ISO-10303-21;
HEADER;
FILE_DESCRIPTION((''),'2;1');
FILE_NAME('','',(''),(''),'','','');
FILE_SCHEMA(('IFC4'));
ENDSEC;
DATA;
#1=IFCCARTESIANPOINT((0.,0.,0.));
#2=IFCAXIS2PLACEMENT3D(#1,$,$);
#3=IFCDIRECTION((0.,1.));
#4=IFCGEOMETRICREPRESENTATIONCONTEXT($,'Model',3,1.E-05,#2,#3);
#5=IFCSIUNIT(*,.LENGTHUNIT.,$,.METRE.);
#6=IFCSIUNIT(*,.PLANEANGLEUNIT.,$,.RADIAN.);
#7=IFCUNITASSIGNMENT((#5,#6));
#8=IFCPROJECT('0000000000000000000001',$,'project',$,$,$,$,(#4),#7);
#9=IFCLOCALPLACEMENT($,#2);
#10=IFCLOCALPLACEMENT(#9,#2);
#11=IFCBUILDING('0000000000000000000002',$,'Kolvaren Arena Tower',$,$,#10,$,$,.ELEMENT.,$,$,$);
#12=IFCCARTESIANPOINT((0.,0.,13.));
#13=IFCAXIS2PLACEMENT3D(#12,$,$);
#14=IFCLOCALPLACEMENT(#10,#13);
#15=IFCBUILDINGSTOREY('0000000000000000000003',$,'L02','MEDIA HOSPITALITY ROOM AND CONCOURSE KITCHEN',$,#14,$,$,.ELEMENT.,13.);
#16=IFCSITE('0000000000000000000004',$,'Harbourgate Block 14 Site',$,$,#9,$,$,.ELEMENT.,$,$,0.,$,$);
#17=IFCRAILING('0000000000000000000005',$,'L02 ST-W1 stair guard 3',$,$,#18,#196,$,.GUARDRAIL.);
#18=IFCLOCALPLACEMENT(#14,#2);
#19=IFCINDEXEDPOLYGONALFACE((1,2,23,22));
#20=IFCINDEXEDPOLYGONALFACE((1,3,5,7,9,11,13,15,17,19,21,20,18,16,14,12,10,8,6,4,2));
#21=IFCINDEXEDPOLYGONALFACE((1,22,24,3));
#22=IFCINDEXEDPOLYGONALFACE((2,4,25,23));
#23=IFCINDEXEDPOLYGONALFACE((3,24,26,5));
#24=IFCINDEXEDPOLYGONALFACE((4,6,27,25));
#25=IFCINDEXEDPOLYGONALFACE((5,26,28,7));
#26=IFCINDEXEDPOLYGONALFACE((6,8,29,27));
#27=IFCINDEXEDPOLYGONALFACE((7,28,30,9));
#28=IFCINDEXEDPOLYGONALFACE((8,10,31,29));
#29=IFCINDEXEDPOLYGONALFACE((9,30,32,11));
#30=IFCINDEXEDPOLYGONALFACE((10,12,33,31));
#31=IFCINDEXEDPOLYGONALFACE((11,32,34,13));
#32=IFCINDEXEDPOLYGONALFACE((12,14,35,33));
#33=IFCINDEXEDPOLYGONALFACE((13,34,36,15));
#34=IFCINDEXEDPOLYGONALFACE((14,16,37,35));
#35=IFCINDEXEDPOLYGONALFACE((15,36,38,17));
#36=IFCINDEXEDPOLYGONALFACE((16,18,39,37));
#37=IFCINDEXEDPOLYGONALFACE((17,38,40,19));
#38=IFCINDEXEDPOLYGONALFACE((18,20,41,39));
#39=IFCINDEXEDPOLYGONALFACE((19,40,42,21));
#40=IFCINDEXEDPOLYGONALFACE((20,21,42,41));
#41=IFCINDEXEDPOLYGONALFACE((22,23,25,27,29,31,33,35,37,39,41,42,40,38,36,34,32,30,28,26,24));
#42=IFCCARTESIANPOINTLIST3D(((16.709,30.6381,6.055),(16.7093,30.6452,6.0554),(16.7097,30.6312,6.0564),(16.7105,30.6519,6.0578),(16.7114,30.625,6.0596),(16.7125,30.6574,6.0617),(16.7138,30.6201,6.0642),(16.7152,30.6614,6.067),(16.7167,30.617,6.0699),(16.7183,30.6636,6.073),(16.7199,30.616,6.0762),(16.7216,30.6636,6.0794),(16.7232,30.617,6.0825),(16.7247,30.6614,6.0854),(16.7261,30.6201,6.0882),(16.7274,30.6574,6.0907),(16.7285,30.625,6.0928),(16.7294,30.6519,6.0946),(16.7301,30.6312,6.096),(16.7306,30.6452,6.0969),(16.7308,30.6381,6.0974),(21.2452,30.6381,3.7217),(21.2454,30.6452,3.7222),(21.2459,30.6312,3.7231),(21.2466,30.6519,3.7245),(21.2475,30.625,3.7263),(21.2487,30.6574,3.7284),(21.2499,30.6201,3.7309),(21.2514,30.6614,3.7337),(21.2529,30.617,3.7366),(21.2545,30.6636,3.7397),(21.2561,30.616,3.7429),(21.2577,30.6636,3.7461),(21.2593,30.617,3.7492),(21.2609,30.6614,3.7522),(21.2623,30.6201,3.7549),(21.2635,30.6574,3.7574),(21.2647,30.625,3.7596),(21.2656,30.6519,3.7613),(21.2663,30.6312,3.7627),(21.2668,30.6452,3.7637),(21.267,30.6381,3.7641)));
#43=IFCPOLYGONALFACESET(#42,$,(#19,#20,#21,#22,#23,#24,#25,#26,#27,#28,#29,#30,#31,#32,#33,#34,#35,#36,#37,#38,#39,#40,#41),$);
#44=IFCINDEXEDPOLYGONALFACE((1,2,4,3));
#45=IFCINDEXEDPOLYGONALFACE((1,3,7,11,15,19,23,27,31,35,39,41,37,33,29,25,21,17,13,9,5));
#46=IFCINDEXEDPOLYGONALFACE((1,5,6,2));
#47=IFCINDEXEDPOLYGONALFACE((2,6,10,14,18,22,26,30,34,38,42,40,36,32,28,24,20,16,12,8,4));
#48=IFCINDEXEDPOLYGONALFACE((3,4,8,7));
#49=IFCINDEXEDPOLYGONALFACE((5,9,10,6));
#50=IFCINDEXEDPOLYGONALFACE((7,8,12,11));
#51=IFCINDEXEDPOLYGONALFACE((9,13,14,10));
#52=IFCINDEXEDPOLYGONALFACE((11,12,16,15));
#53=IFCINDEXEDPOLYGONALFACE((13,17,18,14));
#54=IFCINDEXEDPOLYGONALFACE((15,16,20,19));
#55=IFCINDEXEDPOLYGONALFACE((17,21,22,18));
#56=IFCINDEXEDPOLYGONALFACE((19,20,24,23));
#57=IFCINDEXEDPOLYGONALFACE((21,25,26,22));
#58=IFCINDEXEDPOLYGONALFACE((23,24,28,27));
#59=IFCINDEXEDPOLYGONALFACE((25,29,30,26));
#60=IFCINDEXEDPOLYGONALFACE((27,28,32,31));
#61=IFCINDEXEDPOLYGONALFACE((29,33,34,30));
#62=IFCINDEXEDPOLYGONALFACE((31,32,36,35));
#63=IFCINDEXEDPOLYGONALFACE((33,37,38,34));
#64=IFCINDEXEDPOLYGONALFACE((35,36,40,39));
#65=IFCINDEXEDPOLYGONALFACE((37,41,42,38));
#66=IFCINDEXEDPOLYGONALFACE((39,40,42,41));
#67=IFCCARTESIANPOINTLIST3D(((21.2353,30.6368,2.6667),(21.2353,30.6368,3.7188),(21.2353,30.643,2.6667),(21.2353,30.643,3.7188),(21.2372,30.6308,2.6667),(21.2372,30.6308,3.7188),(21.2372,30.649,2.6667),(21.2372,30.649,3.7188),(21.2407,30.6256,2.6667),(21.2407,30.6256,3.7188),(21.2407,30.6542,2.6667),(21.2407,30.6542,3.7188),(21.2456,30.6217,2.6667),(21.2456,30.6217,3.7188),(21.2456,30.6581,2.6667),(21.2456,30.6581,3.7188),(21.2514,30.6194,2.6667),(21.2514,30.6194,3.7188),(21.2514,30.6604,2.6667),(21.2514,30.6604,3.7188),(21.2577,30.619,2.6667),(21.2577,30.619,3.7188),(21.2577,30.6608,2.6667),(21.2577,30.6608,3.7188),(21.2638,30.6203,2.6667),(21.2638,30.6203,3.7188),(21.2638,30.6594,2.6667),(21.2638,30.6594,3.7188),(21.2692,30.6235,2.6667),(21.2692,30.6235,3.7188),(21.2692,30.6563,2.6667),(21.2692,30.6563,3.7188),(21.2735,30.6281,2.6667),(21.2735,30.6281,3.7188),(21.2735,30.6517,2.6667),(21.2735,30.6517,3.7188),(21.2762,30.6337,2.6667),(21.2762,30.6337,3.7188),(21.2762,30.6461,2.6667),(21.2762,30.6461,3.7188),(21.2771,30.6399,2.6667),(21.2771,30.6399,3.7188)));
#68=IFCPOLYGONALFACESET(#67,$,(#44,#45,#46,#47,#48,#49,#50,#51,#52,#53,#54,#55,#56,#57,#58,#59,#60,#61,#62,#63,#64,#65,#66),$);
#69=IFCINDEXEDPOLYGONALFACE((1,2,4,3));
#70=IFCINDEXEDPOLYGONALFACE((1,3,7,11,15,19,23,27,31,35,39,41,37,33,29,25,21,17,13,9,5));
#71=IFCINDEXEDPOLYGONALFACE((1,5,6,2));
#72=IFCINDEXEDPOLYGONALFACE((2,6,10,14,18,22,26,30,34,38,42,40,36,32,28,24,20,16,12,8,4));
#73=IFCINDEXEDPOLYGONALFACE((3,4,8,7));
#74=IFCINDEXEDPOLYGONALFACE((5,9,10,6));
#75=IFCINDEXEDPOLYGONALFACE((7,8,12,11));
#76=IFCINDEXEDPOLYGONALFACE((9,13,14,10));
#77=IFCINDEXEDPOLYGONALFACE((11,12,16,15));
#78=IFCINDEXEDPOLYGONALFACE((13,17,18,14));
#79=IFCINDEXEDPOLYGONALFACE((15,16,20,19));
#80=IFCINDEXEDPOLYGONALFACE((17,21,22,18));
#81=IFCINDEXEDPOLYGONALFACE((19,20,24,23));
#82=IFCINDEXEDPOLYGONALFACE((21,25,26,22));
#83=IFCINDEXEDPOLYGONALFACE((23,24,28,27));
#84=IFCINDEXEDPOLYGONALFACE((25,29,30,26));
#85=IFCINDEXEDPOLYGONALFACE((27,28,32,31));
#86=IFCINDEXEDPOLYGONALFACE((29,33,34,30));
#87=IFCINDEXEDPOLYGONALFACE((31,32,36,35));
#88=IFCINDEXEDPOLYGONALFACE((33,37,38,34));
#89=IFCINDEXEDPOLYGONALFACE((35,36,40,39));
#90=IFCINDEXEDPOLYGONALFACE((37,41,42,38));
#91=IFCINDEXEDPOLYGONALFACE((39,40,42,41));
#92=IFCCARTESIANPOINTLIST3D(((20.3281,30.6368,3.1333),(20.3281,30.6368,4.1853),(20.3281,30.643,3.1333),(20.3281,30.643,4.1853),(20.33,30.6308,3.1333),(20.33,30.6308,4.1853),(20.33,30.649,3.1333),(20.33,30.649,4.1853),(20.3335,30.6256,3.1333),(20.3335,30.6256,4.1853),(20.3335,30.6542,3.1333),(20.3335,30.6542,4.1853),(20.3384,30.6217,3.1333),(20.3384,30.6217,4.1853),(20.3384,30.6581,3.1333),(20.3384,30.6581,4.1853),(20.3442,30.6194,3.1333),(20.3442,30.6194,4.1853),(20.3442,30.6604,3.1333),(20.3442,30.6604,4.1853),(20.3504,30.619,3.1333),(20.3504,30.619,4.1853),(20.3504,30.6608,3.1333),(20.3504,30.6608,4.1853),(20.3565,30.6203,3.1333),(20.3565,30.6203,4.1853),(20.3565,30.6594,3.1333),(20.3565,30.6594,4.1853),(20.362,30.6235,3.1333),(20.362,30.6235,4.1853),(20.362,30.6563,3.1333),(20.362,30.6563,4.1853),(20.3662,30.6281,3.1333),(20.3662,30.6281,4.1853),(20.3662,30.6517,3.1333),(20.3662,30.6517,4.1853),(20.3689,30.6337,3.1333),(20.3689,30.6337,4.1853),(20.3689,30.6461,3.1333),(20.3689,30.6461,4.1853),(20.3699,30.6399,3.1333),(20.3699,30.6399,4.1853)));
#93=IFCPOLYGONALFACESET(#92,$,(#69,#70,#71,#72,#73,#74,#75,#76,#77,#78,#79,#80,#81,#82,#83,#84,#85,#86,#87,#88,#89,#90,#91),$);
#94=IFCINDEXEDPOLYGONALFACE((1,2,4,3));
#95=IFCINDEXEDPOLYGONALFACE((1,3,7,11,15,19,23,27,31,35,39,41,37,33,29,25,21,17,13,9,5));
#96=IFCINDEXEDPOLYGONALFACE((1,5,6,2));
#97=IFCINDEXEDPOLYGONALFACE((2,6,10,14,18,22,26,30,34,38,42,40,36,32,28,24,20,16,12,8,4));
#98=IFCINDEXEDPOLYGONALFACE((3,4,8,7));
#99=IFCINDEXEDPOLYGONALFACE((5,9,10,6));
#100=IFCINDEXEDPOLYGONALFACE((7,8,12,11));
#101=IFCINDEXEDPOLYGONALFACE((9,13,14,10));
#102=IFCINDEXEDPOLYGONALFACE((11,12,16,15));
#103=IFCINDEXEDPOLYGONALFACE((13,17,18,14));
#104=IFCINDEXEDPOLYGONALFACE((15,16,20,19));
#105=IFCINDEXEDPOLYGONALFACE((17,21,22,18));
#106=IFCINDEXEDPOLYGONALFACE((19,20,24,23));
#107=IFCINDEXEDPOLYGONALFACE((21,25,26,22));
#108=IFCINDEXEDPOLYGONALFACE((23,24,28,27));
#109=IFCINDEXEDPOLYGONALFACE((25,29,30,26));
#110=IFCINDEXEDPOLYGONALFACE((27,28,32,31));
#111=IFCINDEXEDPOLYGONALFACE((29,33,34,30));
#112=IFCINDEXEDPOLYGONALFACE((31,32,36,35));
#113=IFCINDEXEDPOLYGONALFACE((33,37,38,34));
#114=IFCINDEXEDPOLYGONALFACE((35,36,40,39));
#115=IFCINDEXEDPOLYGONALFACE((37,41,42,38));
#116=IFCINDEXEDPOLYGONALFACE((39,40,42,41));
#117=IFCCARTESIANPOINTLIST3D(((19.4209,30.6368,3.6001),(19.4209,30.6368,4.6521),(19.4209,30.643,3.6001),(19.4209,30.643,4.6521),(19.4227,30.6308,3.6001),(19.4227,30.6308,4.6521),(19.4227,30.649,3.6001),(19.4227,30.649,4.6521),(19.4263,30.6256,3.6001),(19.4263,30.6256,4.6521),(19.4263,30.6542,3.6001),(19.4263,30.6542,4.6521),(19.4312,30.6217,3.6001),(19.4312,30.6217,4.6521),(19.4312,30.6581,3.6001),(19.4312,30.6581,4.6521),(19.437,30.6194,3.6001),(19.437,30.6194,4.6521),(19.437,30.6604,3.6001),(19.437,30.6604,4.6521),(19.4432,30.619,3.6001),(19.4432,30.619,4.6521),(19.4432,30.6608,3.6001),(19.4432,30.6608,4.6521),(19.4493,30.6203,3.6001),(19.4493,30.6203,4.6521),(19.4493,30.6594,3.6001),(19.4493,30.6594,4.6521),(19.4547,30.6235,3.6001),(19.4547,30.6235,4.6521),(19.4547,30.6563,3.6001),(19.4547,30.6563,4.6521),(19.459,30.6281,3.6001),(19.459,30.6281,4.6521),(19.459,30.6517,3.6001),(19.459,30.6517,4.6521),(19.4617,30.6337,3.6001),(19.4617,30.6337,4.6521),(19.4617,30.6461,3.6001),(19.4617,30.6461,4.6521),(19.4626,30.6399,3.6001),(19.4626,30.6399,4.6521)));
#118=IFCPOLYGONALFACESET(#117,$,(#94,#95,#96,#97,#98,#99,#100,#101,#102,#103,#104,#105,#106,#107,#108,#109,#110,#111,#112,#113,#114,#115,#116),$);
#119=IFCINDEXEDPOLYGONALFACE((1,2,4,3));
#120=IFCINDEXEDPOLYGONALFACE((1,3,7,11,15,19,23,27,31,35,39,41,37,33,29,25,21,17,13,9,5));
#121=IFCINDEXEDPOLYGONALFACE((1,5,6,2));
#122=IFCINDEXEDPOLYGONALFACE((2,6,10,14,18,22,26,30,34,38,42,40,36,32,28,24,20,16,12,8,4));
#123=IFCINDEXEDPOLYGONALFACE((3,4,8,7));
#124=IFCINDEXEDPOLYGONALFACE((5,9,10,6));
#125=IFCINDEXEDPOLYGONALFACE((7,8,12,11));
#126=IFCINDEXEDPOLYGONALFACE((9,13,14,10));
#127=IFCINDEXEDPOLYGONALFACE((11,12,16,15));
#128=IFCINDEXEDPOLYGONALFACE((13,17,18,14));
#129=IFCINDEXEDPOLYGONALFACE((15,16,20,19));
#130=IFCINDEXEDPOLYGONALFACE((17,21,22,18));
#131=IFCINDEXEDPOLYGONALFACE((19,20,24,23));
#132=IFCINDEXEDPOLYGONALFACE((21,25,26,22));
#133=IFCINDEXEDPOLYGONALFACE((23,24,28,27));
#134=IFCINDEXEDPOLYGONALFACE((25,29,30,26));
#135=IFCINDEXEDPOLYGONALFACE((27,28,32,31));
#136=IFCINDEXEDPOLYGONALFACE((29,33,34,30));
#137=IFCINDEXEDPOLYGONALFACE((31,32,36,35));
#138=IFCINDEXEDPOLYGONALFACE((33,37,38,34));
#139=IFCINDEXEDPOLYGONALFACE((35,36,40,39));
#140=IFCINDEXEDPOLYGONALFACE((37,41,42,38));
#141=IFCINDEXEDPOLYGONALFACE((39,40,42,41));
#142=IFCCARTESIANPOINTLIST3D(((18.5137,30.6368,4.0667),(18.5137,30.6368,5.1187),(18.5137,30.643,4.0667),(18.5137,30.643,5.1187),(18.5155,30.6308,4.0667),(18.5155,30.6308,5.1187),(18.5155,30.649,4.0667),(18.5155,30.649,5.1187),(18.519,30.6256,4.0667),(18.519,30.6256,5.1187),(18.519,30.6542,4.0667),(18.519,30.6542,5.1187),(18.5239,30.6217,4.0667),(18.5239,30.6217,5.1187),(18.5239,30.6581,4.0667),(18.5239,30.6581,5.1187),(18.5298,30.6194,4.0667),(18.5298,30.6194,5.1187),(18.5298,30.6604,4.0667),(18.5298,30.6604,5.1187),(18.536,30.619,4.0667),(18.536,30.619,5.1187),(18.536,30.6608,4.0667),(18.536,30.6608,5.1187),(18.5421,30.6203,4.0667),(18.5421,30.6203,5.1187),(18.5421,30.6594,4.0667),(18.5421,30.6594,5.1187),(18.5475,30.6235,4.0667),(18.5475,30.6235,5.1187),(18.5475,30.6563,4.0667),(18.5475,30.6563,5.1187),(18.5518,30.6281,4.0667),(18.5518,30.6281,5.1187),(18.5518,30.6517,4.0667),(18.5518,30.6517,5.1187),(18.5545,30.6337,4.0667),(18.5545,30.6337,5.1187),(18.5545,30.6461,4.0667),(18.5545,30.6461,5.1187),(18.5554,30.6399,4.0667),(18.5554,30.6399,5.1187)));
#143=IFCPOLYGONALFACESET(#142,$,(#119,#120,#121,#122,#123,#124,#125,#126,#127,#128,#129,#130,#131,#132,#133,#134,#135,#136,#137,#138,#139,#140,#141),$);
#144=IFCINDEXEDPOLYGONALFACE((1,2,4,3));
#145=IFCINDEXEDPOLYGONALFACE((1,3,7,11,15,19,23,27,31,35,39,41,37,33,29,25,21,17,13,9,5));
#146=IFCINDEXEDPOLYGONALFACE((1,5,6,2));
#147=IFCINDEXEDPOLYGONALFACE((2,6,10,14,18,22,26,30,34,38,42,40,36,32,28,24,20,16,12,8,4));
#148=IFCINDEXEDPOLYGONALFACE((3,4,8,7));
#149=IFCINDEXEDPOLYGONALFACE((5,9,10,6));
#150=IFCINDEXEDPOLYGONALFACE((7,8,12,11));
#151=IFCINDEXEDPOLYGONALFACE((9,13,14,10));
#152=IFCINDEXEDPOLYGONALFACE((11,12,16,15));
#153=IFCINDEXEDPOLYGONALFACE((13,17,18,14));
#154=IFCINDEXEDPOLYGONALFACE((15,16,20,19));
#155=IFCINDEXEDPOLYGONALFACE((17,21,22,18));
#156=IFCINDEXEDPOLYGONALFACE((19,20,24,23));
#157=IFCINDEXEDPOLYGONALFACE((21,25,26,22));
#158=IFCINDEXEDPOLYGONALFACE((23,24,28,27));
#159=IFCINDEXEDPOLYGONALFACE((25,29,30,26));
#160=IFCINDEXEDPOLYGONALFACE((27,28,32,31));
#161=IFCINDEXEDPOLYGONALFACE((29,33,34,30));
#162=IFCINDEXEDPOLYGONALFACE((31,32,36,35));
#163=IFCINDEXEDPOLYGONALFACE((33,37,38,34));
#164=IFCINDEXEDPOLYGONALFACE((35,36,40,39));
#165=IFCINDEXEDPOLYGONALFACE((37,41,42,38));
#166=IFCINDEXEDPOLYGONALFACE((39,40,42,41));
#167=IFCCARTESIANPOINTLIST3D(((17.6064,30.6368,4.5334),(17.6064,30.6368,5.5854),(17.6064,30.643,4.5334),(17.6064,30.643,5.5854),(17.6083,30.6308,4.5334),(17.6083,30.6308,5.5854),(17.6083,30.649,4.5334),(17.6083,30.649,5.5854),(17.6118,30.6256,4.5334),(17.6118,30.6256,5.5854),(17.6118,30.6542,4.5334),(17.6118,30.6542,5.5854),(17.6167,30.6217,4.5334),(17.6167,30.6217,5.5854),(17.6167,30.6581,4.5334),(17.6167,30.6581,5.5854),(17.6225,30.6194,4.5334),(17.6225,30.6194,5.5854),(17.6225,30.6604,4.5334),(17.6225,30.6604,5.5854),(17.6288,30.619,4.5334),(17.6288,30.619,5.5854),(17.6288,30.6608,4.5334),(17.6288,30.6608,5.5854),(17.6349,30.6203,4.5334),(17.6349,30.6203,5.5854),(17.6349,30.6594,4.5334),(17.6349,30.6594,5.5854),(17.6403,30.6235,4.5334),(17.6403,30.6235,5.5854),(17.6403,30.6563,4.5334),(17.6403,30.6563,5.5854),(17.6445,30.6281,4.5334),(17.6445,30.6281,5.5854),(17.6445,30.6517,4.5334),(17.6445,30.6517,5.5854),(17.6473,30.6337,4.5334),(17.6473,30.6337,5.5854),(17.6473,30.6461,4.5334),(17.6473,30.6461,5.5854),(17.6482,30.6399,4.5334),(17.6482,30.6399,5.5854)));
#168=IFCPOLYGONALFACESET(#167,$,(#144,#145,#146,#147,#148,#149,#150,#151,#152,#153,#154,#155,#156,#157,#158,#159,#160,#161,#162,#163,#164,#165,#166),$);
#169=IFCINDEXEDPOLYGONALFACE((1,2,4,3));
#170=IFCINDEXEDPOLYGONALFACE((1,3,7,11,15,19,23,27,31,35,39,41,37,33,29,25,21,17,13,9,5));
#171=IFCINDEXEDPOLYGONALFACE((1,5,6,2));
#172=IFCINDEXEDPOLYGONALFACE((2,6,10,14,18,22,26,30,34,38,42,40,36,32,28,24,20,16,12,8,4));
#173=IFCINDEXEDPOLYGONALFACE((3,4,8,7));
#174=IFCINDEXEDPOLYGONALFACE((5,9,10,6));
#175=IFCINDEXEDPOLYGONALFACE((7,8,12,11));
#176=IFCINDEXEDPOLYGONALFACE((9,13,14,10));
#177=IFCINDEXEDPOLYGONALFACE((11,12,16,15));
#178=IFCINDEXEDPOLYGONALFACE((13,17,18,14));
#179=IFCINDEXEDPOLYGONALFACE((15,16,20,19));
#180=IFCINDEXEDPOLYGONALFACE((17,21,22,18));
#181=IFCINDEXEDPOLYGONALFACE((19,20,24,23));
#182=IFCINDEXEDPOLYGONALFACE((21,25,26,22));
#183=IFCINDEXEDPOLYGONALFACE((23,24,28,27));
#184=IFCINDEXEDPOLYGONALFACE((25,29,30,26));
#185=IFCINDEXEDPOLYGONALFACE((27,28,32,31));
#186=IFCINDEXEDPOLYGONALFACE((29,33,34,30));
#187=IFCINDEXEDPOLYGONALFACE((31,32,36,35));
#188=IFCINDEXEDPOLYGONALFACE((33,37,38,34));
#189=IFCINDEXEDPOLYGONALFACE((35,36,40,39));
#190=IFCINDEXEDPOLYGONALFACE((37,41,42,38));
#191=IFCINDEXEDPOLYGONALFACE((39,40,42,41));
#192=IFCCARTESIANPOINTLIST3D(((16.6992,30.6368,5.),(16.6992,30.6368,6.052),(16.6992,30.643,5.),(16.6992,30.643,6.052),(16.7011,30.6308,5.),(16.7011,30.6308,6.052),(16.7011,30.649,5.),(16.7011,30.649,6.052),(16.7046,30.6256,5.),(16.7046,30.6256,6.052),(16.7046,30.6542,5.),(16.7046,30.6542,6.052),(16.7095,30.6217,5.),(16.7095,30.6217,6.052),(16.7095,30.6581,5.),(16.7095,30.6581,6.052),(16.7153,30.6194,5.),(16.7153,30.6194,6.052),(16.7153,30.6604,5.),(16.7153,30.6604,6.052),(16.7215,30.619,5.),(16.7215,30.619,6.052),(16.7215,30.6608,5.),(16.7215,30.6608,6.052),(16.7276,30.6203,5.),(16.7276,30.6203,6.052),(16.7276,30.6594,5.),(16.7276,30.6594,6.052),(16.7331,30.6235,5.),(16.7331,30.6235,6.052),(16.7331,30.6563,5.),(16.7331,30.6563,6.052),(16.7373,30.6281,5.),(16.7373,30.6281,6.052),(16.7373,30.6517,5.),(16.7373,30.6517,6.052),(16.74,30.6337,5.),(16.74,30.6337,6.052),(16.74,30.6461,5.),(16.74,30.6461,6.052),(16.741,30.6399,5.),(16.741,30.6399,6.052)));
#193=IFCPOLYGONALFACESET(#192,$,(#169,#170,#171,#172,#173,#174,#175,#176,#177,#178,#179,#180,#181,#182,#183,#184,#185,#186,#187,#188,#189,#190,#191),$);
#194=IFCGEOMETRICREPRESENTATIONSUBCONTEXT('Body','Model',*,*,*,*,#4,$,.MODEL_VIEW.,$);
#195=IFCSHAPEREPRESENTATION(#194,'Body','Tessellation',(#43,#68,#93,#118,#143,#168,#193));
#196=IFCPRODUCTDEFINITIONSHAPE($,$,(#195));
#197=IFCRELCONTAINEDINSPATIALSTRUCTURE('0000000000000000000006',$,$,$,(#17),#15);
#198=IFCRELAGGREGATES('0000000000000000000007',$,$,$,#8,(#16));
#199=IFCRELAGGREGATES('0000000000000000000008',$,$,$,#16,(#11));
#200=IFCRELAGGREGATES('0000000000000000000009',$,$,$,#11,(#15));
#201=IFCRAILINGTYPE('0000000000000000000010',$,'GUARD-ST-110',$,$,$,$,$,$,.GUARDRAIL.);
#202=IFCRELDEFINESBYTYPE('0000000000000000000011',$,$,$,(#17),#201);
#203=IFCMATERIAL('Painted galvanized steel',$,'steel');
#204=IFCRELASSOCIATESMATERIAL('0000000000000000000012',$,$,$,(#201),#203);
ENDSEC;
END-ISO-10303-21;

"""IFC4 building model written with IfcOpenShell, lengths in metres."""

from ifc_helpers import new_model, si_unit, direction, frame, origin, origin_2d, place, context, subcontext, project, spatial, circle, extrude, material, type_object, element, save


model = new_model("IFC4")

# Units and contexts
model_context = context("Model", 3, precision=1e-05, world=origin(), true_north=direction((0.0, 1.0)))
body_context = subcontext(model_context, "Body", "Model", "MODEL_VIEW")
ifc_project = project(units=[si_unit("LENGTHUNIT", "METRE"), si_unit("PLANEANGLEUNIT", "RADIAN")], contexts=[model_context])

# Site, building, storey
site_placement = place(None, origin())
site = spatial("IfcSite", under=ifc_project, at=site_placement, Name="Harbourgate Block 14 Site", CompositionType="ELEMENT", RefElevation=0.0)
building_placement = place(site_placement, origin())
building = spatial("IfcBuilding", under=site, at=building_placement, Name="Kolvaren Arena Tower", CompositionType="ELEMENT")
storey_placement = place(building_placement, frame((0.0, 0.0, 13.0)))
storey = spatial("IfcBuildingStorey", under=building, at=storey_placement, Name="L02", Description="MEDIA HOSPITALITY ROOM AND CONCOURSE KITCHEN", CompositionType="ELEMENT", Elevation=13.0)

# Railing
ifc_material_1 = material(Name="Painted galvanized steel", Category="steel")
railing_type_1 = type_object("IfcRailingType", Name="GUARD-ST-110", PredefinedType="GUARDRAIL", material=ifc_material_1)
railing_1_placement = place(storey_placement, frame((21.2561, 30.6399, 2.6667)))
element("IfcRailing", 1, at=railing_1_placement, inside=storey, type_object=railing_type_1, Name="L02 ST-W1 stair guard 3", PredefinedType="GUARDRAIL", context=body_context, shape_type="SweptSolid", body=[
    extrude(circle(Radius=0.0239, at=origin_2d()), frame((0.0, 0.0, 1.0762), z_axis=(-0.889257, 0.0, 0.457407), x_axis=(0.0, -1.0, 0.0)), (0.0, 0.0, 1.0), 5.1011),
    extrude(circle(Radius=0.021, at=origin_2d()), origin(), (0.0, 0.0, 1.0), 1.052),
    extrude(circle(Radius=0.021, at=origin_2d()), frame((-0.9072, 0.0, 0.4666)), (0.0, 0.0, 1.0), 1.052),
    extrude(circle(Radius=0.021, at=origin_2d()), frame((-1.8145, 0.0, 0.9333)), (0.0, 0.0, 1.0), 1.052),
    extrude(circle(Radius=0.021, at=origin_2d()), frame((-2.7217, 0.0, 1.3999)), (0.0, 0.0, 1.0), 1.052),
    extrude(circle(Radius=0.021, at=origin_2d()), frame((-3.6289, 0.0, 1.8667)), (0.0, 0.0, 1.0), 1.052),
    extrude(circle(Radius=0.021, at=origin_2d()), frame((-4.5361, 0.0, 2.3333)), (0.0, 0.0, 1.0), 1.052),
])

save(model, "model.ifc")
